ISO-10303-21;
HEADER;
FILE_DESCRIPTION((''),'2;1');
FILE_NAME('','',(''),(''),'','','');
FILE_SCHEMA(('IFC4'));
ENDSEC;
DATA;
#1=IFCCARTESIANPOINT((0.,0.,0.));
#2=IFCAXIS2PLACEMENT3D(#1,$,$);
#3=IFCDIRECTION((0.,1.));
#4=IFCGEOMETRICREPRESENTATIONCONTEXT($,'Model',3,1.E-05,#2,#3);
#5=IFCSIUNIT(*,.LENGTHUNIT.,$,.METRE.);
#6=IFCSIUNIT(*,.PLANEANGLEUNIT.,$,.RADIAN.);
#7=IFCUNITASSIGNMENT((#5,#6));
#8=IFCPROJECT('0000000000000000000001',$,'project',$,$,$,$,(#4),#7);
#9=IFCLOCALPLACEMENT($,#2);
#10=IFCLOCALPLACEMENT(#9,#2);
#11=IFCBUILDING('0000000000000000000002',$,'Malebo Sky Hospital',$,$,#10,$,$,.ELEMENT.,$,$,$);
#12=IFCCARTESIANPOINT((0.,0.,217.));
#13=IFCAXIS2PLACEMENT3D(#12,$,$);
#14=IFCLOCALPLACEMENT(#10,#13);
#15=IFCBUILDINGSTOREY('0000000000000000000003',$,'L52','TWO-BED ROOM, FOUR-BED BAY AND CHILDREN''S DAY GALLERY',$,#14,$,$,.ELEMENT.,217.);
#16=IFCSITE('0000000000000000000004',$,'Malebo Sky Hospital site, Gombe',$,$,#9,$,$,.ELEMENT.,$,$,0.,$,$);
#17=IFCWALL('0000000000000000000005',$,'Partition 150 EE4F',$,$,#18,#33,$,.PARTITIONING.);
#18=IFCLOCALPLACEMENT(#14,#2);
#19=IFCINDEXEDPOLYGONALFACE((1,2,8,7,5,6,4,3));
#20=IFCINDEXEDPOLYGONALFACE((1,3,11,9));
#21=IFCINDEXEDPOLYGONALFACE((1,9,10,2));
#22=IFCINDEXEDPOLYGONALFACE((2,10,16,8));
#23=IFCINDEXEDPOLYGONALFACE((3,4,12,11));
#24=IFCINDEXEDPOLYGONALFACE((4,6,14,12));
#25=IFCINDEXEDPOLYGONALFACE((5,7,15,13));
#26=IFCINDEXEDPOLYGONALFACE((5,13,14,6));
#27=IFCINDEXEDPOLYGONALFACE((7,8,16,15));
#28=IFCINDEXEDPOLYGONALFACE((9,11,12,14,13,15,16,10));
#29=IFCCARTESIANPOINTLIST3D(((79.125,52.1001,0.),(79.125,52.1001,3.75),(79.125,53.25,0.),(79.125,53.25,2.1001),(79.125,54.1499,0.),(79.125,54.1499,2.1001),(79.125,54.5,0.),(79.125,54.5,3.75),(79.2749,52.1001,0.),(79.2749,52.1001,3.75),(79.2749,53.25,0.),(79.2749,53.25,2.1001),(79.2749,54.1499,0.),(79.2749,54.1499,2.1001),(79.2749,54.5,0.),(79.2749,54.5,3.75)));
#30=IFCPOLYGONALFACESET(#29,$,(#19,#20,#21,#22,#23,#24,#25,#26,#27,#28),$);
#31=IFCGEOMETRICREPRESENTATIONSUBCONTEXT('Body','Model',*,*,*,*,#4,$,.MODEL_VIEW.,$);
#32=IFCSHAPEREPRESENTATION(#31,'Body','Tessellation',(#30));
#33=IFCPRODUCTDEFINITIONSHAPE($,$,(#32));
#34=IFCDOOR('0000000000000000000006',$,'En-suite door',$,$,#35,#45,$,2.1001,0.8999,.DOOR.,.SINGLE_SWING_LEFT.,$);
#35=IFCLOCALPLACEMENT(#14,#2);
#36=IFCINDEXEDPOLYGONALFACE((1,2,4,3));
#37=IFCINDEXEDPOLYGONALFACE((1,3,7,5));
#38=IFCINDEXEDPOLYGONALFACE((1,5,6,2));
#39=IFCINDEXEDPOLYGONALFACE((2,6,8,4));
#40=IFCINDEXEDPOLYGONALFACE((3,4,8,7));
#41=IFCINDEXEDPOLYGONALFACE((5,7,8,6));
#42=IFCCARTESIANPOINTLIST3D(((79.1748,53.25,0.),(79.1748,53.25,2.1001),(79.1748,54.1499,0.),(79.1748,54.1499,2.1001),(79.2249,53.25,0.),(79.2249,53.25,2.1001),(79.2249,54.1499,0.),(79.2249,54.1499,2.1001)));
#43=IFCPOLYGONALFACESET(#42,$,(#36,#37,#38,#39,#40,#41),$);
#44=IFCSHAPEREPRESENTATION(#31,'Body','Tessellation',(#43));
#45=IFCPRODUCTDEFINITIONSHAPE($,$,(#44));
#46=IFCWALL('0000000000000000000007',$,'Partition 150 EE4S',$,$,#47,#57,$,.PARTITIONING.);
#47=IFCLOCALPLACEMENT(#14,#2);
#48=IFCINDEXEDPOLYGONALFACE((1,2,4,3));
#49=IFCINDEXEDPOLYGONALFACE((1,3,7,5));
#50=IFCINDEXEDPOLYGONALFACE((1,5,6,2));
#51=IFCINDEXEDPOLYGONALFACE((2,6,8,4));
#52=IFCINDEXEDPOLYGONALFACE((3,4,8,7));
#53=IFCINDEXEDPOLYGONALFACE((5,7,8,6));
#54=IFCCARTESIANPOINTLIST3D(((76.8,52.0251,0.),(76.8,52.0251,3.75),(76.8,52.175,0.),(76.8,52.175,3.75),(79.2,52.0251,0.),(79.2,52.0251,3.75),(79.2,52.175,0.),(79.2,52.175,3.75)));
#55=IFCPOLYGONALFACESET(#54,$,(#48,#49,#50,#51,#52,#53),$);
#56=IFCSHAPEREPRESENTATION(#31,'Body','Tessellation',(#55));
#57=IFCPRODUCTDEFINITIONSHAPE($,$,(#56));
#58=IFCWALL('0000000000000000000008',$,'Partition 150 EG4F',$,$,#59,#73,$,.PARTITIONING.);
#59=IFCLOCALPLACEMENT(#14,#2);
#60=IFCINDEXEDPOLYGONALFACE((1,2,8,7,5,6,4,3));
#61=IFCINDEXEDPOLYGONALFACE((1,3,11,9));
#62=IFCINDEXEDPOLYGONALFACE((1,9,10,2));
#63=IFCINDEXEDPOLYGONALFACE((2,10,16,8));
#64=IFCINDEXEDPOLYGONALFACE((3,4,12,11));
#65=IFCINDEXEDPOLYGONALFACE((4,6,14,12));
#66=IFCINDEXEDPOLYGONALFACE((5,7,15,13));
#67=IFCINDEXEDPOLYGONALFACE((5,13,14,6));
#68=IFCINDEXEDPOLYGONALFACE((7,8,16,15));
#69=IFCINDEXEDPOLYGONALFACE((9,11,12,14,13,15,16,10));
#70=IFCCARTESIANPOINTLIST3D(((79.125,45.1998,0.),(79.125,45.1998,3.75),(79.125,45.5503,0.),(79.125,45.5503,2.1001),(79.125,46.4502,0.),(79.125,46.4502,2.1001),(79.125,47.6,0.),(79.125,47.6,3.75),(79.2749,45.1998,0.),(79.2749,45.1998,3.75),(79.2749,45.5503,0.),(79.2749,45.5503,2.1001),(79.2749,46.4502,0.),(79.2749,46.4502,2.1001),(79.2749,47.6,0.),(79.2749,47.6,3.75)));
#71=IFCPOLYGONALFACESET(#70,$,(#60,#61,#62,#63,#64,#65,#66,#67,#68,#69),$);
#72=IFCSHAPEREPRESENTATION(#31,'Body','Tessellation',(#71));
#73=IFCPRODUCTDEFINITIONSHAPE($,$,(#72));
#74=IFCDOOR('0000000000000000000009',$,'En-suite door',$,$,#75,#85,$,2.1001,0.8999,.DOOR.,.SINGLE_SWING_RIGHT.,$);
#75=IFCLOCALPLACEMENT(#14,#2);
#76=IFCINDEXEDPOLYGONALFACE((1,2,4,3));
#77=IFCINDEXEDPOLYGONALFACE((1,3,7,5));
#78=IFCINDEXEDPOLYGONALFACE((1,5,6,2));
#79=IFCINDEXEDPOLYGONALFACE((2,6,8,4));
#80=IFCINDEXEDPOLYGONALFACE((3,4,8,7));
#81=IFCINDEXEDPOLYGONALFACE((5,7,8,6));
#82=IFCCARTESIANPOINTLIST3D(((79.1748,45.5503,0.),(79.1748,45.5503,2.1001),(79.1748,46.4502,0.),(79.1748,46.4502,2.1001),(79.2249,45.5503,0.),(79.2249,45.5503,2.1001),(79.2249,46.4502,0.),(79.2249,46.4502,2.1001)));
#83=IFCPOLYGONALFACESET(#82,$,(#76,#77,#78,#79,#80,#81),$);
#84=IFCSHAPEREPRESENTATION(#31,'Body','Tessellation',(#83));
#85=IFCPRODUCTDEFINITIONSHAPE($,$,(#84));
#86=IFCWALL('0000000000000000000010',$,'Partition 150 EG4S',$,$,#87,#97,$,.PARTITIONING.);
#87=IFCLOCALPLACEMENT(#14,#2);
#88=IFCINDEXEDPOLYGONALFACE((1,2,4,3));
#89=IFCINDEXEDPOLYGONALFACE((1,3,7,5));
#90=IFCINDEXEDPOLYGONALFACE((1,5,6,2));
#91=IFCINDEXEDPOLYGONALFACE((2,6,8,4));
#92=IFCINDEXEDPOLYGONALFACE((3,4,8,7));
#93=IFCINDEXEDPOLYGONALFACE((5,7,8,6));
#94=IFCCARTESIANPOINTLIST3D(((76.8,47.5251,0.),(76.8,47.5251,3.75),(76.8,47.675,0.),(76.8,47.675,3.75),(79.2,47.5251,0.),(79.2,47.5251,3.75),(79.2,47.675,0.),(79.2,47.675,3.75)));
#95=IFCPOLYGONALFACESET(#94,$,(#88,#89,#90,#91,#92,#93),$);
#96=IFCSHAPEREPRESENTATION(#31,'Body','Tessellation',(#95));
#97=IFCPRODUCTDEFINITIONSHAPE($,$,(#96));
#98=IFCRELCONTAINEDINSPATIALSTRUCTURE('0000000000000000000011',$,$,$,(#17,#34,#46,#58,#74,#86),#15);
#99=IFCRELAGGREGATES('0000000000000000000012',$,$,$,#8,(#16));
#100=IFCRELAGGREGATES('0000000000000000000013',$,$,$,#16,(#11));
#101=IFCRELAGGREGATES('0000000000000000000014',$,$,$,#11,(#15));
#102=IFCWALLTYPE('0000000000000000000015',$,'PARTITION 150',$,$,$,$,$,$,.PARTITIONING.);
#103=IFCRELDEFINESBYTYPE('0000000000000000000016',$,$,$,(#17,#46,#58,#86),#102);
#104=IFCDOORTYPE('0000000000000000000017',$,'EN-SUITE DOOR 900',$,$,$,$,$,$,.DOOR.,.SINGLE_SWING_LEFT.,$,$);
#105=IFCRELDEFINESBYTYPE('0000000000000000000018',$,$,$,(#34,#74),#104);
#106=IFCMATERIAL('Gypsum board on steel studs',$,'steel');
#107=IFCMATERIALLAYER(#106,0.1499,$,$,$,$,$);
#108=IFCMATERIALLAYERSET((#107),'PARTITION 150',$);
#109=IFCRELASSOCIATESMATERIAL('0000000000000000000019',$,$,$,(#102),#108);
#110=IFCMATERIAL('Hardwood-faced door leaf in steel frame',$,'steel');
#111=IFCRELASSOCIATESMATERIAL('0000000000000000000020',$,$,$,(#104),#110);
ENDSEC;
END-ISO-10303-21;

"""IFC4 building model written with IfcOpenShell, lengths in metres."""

from ifc_helpers import new_model, si_unit, direction, frame, frame_2d, origin, place, context, subcontext, project, spatial, rectangle, extrude, material, layer, layer_set, type_object, element, fill, save


model = new_model("IFC4")

# Units and contexts
model_context = context("Model", 3, precision=1e-05, world=origin(), true_north=direction((0.0, 1.0)))
body_context = subcontext(model_context, "Body", "Model", "MODEL_VIEW")
ifc_project = project(units=[si_unit("LENGTHUNIT", "METRE"), si_unit("PLANEANGLEUNIT", "RADIAN")], contexts=[model_context])

# Site, building, storey
site_placement = place(None, origin())
site = spatial("IfcSite", under=ifc_project, at=site_placement, Name="Malebo Sky Hospital site, Gombe", CompositionType="ELEMENT", RefElevation=0.0)
building_placement = place(site_placement, origin())
building = spatial("IfcBuilding", under=site, at=building_placement, Name="Malebo Sky Hospital", CompositionType="ELEMENT")
storey_placement = place(building_placement, frame((0.0, 0.0, 217.0)))
storey = spatial("IfcBuildingStorey", under=building, at=storey_placement, Name="L52", Description="TWO-BED ROOM, FOUR-BED BAY AND CHILDREN'S DAY GALLERY", CompositionType="ELEMENT", Elevation=217.0)

# Shared definitions
ifc_material_1 = material(Name="Gypsum board on steel studs", Category="steel")
ifc_layer_1 = layer(ifc_material_1, 0.1499)
ifc_layer_set_1 = layer_set([ifc_layer_1], Name="PARTITION 150")
wall_type_1 = type_object("IfcWallType", Name="PARTITION 150", PredefinedType="PARTITIONING", material=ifc_layer_set_1)

# Wall, opening, door
wall_1_placement = place(storey_placement, frame((79.2, 54.5, 0.0), z_axis=(0.0, 0.0, 1.0), x_axis=(0.0, -1.0, 0.0)))
wall_1 = element("IfcWall", 1, at=wall_1_placement, inside=storey, type_object=wall_type_1, Name="Partition 150 EE4F", PredefinedType="PARTITIONING", context=body_context, shape_type="SweptSolid", body=[
    extrude(rectangle(XDim=2.3999, YDim=0.1499, at=frame_2d((1.2, 0.0))), origin(), (0.0, 0.0, 1.0), 3.75),
])
opening_1_placement = place(wall_1_placement, frame((0.3501, 0.0, 0.0)))
opening_1 = element("IfcOpeningElement", 2, at=opening_1_placement, cuts=wall_1, PredefinedType="OPENING", context=body_context, shape_type="SweptSolid", body=[
    extrude(rectangle(XDim=0.8999, YDim=2.1001, at=frame_2d((0.45, 1.05))), frame((0.0, 0.085, 0.0), z_axis=(0.0, -1.0, 0.0), x_axis=(1.0, 0.0, 0.0)), (0.0, 0.0, 1.0), 0.1699),
])
ifc_material_2 = material(Name="Hardwood-faced door leaf in steel frame", Category="steel")
door_type = type_object("IfcDoorType", Name="EN-SUITE DOOR 900", OperationType="SINGLE_SWING_LEFT", PredefinedType="DOOR", material=ifc_material_2)
door_1_placement = place(opening_1_placement, origin())
door_1 = element("IfcDoor", 3, at=door_1_placement, inside=storey, type_object=door_type, Name="En-suite door", OperationType="SINGLE_SWING_LEFT", OverallHeight=2.1001, OverallWidth=0.8999, PredefinedType="DOOR", context=body_context, shape_type="SweptSolid", body=[
    extrude(rectangle(XDim=0.8999, YDim=2.1001, at=frame_2d((0.45, 1.05))), frame((0.0, 0.0249, 0.0), z_axis=(0.0, -1.0, 0.0), x_axis=(1.0, 0.0, 0.0)), (0.0, 0.0, 1.0), 0.05),
])
fill(opening_1, door_1)

# Wall
wall_2_placement = place(storey_placement, frame((76.8, 52.1001, 0.0), z_axis=(0.0, 0.0, 1.0), x_axis=(1.0, 0.0, 0.0)))
element("IfcWall", 4, at=wall_2_placement, inside=storey, type_object=wall_type_1, Name="Partition 150 EE4S", PredefinedType="PARTITIONING", context=body_context, shape_type="SweptSolid", body=[
    extrude(rectangle(XDim=2.3999, YDim=0.1499, at=frame_2d((1.2, 0.0))), origin(), (0.0, 0.0, 1.0), 3.75),
])

# Wall, opening, door
wall_3_placement = place(storey_placement, frame((79.2, 47.6001, 0.0), z_axis=(0.0, 0.0, 1.0), x_axis=(0.0, -1.0, 0.0)))
wall_3 = element("IfcWall", 5, at=wall_3_placement, inside=storey, type_object=wall_type_1, Name="Partition 150 EG4F", PredefinedType="PARTITIONING", context=body_context, shape_type="SweptSolid", body=[
    extrude(rectangle(XDim=2.4001, YDim=0.1499, at=frame_2d((1.2002, 0.0))), origin(), (0.0, 0.0, 1.0), 3.75),
])
opening_2_placement = place(wall_3_placement, frame((1.1499, 0.0, 0.0)))
opening_2 = element("IfcOpeningElement", 6, at=opening_2_placement, cuts=wall_3, PredefinedType="OPENING", context=body_context, shape_type="SweptSolid", body=[
    extrude(rectangle(XDim=0.8999, YDim=2.1001, at=frame_2d((0.45, 1.05))), frame((0.0, 0.085, 0.0), z_axis=(0.0, -1.0, 0.0), x_axis=(1.0, 0.0, 0.0)), (0.0, 0.0, 1.0), 0.1699),
])
door_2_placement = place(opening_2_placement, origin())
door_2 = element("IfcDoor", 7, at=door_2_placement, inside=storey, type_object=door_type, Name="En-suite door", OperationType="SINGLE_SWING_RIGHT", OverallHeight=2.1001, OverallWidth=0.8999, PredefinedType="DOOR", context=body_context, shape_type="SweptSolid", body=[
    extrude(rectangle(XDim=0.8999, YDim=2.1001, at=frame_2d((0.45, 1.05))), frame((0.0, 0.0249, 0.0), z_axis=(0.0, -1.0, 0.0), x_axis=(1.0, 0.0, 0.0)), (0.0, 0.0, 1.0), 0.05),
])
fill(opening_2, door_2)

# Wall
wall_4_placement = place(storey_placement, frame((76.8, 47.6001, 0.0), z_axis=(0.0, 0.0, 1.0), x_axis=(1.0, 0.0, 0.0)))
element("IfcWall", 8, at=wall_4_placement, inside=storey, type_object=wall_type_1, Name="Partition 150 EG4S", PredefinedType="PARTITIONING", context=body_context, shape_type="SweptSolid", body=[
    extrude(rectangle(XDim=2.3999, YDim=0.1499, at=frame_2d((1.2, 0.0))), origin(), (0.0, 0.0, 1.0), 3.75),
])

save(model, "model.ifc")
